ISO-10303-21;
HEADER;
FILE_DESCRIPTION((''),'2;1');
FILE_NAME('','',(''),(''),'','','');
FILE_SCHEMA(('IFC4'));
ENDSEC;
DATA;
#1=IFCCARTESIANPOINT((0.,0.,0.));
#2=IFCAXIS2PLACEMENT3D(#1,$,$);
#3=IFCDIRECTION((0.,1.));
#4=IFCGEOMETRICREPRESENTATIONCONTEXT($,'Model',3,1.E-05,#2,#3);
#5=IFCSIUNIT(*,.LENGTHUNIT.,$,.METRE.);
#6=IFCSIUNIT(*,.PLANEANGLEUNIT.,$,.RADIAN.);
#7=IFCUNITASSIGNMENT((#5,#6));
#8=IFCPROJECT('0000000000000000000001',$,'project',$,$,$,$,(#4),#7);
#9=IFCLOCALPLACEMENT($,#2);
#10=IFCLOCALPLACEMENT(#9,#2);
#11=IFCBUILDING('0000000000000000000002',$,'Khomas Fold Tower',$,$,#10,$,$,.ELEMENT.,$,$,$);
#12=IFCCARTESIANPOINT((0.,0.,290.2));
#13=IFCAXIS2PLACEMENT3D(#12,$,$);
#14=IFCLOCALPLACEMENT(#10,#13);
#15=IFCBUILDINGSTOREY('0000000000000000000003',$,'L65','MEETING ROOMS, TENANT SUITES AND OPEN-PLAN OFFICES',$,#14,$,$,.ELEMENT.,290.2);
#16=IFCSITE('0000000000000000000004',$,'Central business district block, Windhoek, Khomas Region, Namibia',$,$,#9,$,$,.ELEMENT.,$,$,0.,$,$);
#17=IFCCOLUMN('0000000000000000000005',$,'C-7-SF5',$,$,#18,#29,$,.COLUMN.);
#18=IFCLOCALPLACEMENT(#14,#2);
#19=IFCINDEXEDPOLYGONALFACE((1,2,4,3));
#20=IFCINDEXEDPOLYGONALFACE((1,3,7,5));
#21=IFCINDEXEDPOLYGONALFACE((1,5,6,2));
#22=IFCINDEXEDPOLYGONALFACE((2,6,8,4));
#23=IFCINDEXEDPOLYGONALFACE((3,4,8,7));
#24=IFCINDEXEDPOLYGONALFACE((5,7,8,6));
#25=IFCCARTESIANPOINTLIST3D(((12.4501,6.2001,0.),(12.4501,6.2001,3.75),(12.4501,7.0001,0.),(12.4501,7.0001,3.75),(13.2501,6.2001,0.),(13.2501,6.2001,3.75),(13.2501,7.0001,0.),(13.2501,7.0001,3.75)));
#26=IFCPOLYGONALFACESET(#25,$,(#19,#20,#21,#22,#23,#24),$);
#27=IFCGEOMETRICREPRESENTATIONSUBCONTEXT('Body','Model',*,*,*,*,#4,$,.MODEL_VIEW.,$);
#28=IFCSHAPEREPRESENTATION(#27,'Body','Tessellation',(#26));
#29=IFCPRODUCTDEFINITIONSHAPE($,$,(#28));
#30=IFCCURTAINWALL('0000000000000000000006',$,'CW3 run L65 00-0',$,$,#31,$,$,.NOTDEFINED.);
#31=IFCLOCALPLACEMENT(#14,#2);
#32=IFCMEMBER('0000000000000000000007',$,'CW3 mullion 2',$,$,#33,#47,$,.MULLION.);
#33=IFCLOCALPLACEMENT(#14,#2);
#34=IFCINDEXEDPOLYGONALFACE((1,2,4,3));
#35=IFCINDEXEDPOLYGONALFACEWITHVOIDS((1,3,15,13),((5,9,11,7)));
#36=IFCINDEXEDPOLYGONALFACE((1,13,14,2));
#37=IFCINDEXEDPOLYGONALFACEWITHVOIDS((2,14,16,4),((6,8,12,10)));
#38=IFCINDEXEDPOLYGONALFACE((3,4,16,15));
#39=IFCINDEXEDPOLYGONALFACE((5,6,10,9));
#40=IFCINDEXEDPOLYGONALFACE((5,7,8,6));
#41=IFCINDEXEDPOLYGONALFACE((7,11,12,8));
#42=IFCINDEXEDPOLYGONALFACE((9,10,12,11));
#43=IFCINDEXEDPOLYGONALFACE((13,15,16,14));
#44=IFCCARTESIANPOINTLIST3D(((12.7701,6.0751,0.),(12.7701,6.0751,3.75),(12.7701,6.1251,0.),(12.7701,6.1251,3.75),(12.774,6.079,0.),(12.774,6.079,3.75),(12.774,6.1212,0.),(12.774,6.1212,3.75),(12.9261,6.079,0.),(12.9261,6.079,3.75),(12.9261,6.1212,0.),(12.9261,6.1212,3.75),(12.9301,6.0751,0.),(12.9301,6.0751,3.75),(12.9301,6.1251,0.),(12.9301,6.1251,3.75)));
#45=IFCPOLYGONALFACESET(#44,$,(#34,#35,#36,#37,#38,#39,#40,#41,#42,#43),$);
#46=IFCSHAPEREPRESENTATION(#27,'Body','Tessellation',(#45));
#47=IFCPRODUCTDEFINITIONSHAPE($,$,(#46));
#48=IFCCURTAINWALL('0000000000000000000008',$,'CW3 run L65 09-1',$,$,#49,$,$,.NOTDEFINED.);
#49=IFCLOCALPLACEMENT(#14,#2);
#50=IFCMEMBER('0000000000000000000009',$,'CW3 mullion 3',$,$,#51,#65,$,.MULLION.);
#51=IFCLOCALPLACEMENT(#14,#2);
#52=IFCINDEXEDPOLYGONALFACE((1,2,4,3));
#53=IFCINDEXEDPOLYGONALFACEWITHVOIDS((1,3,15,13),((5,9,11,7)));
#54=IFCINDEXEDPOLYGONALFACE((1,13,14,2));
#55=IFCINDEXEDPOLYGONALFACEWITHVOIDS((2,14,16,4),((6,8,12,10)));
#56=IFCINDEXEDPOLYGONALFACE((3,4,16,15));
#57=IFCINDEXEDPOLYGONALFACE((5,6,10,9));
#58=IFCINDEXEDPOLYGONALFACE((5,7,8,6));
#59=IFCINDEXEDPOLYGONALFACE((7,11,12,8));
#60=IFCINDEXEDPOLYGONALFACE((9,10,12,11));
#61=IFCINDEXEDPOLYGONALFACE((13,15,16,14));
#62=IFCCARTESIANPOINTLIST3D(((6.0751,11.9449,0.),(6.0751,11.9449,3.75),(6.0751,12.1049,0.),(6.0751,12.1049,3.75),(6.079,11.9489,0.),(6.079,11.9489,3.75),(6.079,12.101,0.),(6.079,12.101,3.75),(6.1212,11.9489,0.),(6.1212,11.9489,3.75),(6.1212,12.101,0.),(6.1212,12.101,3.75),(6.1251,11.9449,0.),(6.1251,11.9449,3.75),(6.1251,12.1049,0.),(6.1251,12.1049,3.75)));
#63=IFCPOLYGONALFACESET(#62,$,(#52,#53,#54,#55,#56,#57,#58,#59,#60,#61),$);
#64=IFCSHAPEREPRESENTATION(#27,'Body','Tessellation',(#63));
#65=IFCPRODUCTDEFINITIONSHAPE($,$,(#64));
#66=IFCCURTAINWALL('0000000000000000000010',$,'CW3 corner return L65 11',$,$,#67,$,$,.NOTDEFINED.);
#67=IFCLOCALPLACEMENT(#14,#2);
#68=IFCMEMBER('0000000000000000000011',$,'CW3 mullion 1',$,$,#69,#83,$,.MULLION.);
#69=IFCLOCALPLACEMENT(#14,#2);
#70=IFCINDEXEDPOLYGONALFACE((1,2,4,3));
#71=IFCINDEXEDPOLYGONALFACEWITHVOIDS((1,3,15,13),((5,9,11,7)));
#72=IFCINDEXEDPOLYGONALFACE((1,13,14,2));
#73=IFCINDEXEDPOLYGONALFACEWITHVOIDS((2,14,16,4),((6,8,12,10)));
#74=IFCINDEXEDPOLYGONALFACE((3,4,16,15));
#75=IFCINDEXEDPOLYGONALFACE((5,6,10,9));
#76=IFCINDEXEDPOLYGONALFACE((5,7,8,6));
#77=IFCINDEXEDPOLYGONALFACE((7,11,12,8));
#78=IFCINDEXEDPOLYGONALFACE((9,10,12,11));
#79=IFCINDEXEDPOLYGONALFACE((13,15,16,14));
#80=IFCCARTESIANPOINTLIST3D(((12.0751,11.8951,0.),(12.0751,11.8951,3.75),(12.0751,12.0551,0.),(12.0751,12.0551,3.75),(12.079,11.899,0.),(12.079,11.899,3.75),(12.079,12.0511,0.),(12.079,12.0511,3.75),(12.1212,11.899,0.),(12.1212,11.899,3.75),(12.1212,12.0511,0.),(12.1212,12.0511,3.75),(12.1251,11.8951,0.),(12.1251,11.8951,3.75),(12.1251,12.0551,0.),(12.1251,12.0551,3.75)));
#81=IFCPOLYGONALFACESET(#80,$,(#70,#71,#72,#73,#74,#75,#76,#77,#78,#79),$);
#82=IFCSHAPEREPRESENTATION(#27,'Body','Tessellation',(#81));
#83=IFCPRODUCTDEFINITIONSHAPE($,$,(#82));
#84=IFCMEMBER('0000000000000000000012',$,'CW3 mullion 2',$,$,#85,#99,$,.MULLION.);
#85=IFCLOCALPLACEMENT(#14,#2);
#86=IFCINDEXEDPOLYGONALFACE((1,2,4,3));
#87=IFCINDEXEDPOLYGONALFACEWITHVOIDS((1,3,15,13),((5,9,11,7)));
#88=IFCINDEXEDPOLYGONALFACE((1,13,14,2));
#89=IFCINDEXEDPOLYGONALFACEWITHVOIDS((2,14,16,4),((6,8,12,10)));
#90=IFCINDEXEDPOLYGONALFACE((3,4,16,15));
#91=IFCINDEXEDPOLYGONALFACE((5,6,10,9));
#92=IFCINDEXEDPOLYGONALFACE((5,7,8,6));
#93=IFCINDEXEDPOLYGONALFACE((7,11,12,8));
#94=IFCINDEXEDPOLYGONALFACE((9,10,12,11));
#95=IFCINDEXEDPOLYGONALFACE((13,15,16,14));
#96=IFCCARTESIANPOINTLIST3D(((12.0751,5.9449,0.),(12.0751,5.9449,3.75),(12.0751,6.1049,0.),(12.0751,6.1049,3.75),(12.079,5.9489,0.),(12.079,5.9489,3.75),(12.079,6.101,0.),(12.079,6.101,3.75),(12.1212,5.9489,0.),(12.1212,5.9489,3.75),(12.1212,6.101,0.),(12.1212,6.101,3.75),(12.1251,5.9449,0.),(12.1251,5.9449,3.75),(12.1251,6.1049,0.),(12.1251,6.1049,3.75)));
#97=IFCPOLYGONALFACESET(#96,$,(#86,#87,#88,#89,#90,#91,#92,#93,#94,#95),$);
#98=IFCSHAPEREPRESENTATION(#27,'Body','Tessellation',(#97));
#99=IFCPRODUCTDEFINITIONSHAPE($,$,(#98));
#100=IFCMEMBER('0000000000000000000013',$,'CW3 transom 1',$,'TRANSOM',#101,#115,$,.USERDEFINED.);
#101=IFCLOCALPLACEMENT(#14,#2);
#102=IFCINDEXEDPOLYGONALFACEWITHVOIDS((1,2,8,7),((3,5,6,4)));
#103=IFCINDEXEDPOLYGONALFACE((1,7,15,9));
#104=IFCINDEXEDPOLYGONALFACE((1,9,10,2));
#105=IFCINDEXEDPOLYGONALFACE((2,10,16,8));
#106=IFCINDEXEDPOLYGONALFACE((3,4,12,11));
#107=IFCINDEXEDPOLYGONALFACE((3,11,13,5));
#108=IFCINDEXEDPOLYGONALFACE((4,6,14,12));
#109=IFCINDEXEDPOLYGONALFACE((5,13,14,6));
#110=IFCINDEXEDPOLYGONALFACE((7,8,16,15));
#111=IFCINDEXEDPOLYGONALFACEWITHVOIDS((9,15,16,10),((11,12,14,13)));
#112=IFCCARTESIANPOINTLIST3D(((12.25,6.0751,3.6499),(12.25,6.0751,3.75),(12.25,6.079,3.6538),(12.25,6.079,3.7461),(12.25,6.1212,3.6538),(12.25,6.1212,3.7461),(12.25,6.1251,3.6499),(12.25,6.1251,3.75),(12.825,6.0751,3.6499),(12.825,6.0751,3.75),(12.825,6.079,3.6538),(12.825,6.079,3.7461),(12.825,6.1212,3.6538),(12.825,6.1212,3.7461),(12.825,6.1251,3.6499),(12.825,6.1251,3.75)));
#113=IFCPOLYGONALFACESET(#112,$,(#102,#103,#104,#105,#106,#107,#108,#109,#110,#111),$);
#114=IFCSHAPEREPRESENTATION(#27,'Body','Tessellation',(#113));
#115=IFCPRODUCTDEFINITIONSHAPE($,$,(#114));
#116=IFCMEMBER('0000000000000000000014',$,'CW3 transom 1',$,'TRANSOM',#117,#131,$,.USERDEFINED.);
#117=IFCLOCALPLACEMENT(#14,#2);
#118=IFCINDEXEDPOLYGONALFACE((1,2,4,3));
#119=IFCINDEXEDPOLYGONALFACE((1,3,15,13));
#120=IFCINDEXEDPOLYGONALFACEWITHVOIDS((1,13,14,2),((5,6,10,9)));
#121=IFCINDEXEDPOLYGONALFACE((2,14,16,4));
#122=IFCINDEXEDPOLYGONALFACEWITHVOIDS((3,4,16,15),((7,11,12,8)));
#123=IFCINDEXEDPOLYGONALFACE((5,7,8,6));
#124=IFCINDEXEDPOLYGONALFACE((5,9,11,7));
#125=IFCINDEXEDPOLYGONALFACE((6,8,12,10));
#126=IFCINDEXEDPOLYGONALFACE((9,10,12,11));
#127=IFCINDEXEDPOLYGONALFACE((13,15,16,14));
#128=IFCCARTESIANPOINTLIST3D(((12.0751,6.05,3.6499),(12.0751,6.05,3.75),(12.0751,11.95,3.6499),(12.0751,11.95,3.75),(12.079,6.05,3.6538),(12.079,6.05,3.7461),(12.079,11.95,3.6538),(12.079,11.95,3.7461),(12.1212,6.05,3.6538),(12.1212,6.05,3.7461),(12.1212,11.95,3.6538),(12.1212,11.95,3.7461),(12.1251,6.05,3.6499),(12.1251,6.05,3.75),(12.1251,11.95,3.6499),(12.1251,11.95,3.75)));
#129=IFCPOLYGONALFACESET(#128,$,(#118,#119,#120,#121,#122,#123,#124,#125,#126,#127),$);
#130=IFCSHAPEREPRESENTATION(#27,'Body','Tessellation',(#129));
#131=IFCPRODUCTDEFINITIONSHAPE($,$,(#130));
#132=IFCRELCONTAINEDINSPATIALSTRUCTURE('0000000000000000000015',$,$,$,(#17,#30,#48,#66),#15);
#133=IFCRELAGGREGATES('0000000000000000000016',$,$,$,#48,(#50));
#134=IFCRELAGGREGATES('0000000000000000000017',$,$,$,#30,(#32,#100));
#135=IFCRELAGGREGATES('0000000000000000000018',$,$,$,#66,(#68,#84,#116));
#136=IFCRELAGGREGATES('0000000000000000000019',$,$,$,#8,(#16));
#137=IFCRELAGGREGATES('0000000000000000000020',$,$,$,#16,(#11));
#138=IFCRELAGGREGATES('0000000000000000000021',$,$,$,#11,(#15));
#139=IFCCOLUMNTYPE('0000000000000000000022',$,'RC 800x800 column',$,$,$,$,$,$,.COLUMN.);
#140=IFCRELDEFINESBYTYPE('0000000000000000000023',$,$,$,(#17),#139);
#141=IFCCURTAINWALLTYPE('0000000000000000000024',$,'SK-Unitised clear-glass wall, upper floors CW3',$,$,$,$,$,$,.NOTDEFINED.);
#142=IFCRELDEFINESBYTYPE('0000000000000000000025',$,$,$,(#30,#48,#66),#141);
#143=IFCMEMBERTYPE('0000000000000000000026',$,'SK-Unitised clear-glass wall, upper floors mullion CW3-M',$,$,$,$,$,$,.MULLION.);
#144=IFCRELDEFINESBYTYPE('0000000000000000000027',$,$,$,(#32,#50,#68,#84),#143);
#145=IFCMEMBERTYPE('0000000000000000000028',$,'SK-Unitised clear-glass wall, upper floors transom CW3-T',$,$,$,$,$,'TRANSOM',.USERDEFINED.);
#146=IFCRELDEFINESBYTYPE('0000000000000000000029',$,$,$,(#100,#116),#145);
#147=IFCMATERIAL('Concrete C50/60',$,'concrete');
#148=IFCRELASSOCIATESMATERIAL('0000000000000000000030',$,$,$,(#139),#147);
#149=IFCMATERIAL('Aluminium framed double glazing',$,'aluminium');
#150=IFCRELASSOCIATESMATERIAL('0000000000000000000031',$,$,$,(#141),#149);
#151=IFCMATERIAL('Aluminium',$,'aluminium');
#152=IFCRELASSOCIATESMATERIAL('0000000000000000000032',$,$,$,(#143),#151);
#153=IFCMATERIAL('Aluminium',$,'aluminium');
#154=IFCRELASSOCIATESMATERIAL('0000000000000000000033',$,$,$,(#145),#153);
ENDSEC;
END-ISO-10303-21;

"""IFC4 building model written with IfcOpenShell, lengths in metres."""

from ifc_helpers import new_model, si_unit, direction, frame, origin, origin_2d, place, context, subcontext, project, spatial, rectangle, hollow_rectangle, extrude, source, transform, mapped, material, material_profile, profile_set, type_object, element, aggregate, save


model = new_model("IFC4")

# Units and contexts
model_context = context("Model", 3, precision=1e-05, world=origin(), true_north=direction((0.0, 1.0)))
body_context = subcontext(model_context, "Body", "Model", "MODEL_VIEW")
ifc_project = project(units=[si_unit("LENGTHUNIT", "METRE"), si_unit("PLANEANGLEUNIT", "RADIAN")], contexts=[model_context])

# Site, building, storey
site_placement = place(None, origin())
site = spatial("IfcSite", under=ifc_project, at=site_placement, Name="Central business district block, Windhoek, Khomas Region, Namibia", CompositionType="ELEMENT", RefElevation=0.0)
building_placement = place(site_placement, origin())
building = spatial("IfcBuilding", under=site, at=building_placement, Name="Khomas Fold Tower", CompositionType="ELEMENT")
storey_placement = place(building_placement, frame((0.0, 0.0, 290.2)))
storey = spatial("IfcBuildingStorey", under=building, at=storey_placement, Name="L65", Description="MEETING ROOMS, TENANT SUITES AND OPEN-PLAN OFFICES", CompositionType="ELEMENT", Elevation=290.2)

# Column
ifc_material_1 = material(Name="Concrete C50/60", Category="concrete")
ifc_material_profile_1 = material_profile(ifc_material_1, rectangle(XDim=0.8, YDim=0.8, at=origin_2d()), Name="RC 800x800")
ifc_profile_set_1 = profile_set([ifc_material_profile_1], Name="Concrete C50/60")
column_type = type_object("IfcColumnType", Name="RC 800x800 column", PredefinedType="COLUMN", material=ifc_profile_set_1)
shared_shape_1 = source(origin(), body_context, "Body", "SweptSolid", [
    extrude(rectangle(XDim=0.8, YDim=0.8, at=origin_2d()), origin(), (0.0, 0.0, 1.0), 3.75),
])
column_placement = place(storey_placement, frame((12.8501, 6.6001, 0.0), z_axis=(0.0, 0.0, 1.0), x_axis=(1.0, 0.0, 0.0)))
element("IfcColumn", 1, at=column_placement, inside=storey, type_object=column_type, Name="C-7-SF5", PredefinedType="COLUMN", context=body_context, shape_type="MappedRepresentation", body=[
    mapped(shared_shape_1, transform((0.0, 0.0, 0.0))),
])

# Curtain walls, members
ifc_material_2 = material(Name="Aluminium framed double glazing", Category="aluminium")
curtain_wall_type = type_object("IfcCurtainWallType", Name="SK-Unitised clear-glass wall, upper floors CW3", PredefinedType="NOTDEFINED", material=ifc_material_2)
curtain_wall_1_placement = place(storey_placement, origin())
curtain_wall_1 = element("IfcCurtainWall", 2, at=curtain_wall_1_placement, inside=storey, type_object=curtain_wall_type, Name="CW3 run L65 00-0", PredefinedType="NOTDEFINED")
ifc_material_3 = material(Name="Aluminium", Category="aluminium")
ifc_material_profile_2 = material_profile(ifc_material_3, hollow_rectangle(XDim=0.05, YDim=0.1599, WallThickness=0.0039, at=origin_2d()), Name="SK-Unitised clear-glass wall, upper floors mullion CW3-M")
ifc_profile_set_2 = profile_set([ifc_material_profile_2], Name="Aluminium")
member_type_1 = type_object("IfcMemberType", Name="SK-Unitised clear-glass wall, upper floors mullion CW3-M", PredefinedType="MULLION", material=ifc_profile_set_2)
shared_shape_2 = source(origin(), body_context, "Body", "SweptSolid", [
    extrude(hollow_rectangle(XDim=0.05, YDim=0.1599, WallThickness=0.0039, at=origin_2d()), origin(), (0.0, 0.0, 1.0), 3.75),
])
member_1_placement = place(storey_placement, frame((12.8501, 6.1001, 0.0), z_axis=(0.0, 0.0, 1.0), x_axis=(0.0, 1.0, 0.0)))
member_1 = element("IfcMember", 3, at=member_1_placement, type_object=member_type_1, Name="CW3 mullion 2", PredefinedType="MULLION", context=body_context, shape_type="MappedRepresentation", body=[
    mapped(shared_shape_2, transform((0.0, 0.0, 0.0))),
])
curtain_wall_2_placement = place(storey_placement, origin())
curtain_wall_2 = element("IfcCurtainWall", 4, at=curtain_wall_2_placement, inside=storey, type_object=curtain_wall_type, Name="CW3 run L65 09-1", PredefinedType="NOTDEFINED")
member_2_placement = place(storey_placement, frame((6.1001, 12.0249, 0.0), z_axis=(0.0, 0.0, 1.0), x_axis=(1.0, 0.0, 0.0)))
member_2 = element("IfcMember", 5, at=member_2_placement, type_object=member_type_1, Name="CW3 mullion 3", PredefinedType="MULLION", context=body_context, shape_type="MappedRepresentation", body=[
    mapped(shared_shape_2, transform((0.0, 0.0, 0.0))),
])
aggregate(curtain_wall_2, [member_2])

# Curtain wall, members
curtain_wall_3_placement = place(storey_placement, origin())
curtain_wall_3 = element("IfcCurtainWall", 6, at=curtain_wall_3_placement, inside=storey, type_object=curtain_wall_type, Name="CW3 corner return L65 11", PredefinedType="NOTDEFINED")
member_3_placement = place(storey_placement, frame((12.1001, 11.9751, 0.0), z_axis=(0.0, 0.0, 1.0), x_axis=(1.0, 0.0, 0.0)))
member_3 = element("IfcMember", 7, at=member_3_placement, type_object=member_type_1, Name="CW3 mullion 1", PredefinedType="MULLION", context=body_context, shape_type="MappedRepresentation", body=[
    mapped(shared_shape_2, transform((0.0, 0.0, 0.0))),
])
member_4_placement = place(storey_placement, frame((12.1001, 6.0249, 0.0), z_axis=(0.0, 0.0, 1.0), x_axis=(1.0, 0.0, 0.0)))
member_4 = element("IfcMember", 8, at=member_4_placement, type_object=member_type_1, Name="CW3 mullion 2", PredefinedType="MULLION", context=body_context, shape_type="MappedRepresentation", body=[
    mapped(shared_shape_2, transform((0.0, 0.0, 0.0))),
])

# Members
ifc_material_4 = material(Name="Aluminium", Category="aluminium")
ifc_material_profile_3 = material_profile(ifc_material_4, hollow_rectangle(XDim=0.05, YDim=0.1001, WallThickness=0.0039, at=origin_2d()), Name="SK-Unitised clear-glass wall, upper floors transom CW3-T")
ifc_profile_set_3 = profile_set([ifc_material_profile_3], Name="Aluminium")
member_type_2 = type_object("IfcMemberType", Name="SK-Unitised clear-glass wall, upper floors transom CW3-T", ElementType="TRANSOM", PredefinedType="USERDEFINED", material=ifc_profile_set_3)
shared_shape_3 = source(origin(), body_context, "Body", "SweptSolid", [
    extrude(hollow_rectangle(XDim=0.05, YDim=0.1001, WallThickness=0.0039, at=origin_2d()), origin(), (0.0, 0.0, 1.0), 0.575),
])
member_5_placement = place(storey_placement, frame((12.25, 6.1001, 3.7), z_axis=(1.0, 0.0, 0.0), x_axis=(0.0, 1.0, 0.0)))
member_5 = element("IfcMember", 9, at=member_5_placement, type_object=member_type_2, Name="CW3 transom 1", ObjectType="TRANSOM", PredefinedType="USERDEFINED", context=body_context, shape_type="MappedRepresentation", body=[
    mapped(shared_shape_3, transform((0.0, 0.0, 0.0))),
])
shared_shape_4 = source(origin(), body_context, "Body", "SweptSolid", [
    extrude(hollow_rectangle(XDim=0.05, YDim=0.1001, WallThickness=0.0039, at=origin_2d()), origin(), (0.0, 0.0, 1.0), 5.8999),
])
member_6_placement = place(storey_placement, frame((12.1001, 11.95, 3.7), z_axis=(0.0, -1.0, 0.0), x_axis=(1.0, 0.0, 0.0)))
member_6 = element("IfcMember", 10, at=member_6_placement, type_object=member_type_2, Name="CW3 transom 1", ObjectType="TRANSOM", PredefinedType="USERDEFINED", context=body_context, shape_type="MappedRepresentation", body=[
    mapped(shared_shape_4, transform((0.0, 0.0, 0.0))),
])

aggregate(curtain_wall_1, [member_1, member_5])
aggregate(curtain_wall_3, [member_3, member_4, member_6])

save(model, "model.ifc")
